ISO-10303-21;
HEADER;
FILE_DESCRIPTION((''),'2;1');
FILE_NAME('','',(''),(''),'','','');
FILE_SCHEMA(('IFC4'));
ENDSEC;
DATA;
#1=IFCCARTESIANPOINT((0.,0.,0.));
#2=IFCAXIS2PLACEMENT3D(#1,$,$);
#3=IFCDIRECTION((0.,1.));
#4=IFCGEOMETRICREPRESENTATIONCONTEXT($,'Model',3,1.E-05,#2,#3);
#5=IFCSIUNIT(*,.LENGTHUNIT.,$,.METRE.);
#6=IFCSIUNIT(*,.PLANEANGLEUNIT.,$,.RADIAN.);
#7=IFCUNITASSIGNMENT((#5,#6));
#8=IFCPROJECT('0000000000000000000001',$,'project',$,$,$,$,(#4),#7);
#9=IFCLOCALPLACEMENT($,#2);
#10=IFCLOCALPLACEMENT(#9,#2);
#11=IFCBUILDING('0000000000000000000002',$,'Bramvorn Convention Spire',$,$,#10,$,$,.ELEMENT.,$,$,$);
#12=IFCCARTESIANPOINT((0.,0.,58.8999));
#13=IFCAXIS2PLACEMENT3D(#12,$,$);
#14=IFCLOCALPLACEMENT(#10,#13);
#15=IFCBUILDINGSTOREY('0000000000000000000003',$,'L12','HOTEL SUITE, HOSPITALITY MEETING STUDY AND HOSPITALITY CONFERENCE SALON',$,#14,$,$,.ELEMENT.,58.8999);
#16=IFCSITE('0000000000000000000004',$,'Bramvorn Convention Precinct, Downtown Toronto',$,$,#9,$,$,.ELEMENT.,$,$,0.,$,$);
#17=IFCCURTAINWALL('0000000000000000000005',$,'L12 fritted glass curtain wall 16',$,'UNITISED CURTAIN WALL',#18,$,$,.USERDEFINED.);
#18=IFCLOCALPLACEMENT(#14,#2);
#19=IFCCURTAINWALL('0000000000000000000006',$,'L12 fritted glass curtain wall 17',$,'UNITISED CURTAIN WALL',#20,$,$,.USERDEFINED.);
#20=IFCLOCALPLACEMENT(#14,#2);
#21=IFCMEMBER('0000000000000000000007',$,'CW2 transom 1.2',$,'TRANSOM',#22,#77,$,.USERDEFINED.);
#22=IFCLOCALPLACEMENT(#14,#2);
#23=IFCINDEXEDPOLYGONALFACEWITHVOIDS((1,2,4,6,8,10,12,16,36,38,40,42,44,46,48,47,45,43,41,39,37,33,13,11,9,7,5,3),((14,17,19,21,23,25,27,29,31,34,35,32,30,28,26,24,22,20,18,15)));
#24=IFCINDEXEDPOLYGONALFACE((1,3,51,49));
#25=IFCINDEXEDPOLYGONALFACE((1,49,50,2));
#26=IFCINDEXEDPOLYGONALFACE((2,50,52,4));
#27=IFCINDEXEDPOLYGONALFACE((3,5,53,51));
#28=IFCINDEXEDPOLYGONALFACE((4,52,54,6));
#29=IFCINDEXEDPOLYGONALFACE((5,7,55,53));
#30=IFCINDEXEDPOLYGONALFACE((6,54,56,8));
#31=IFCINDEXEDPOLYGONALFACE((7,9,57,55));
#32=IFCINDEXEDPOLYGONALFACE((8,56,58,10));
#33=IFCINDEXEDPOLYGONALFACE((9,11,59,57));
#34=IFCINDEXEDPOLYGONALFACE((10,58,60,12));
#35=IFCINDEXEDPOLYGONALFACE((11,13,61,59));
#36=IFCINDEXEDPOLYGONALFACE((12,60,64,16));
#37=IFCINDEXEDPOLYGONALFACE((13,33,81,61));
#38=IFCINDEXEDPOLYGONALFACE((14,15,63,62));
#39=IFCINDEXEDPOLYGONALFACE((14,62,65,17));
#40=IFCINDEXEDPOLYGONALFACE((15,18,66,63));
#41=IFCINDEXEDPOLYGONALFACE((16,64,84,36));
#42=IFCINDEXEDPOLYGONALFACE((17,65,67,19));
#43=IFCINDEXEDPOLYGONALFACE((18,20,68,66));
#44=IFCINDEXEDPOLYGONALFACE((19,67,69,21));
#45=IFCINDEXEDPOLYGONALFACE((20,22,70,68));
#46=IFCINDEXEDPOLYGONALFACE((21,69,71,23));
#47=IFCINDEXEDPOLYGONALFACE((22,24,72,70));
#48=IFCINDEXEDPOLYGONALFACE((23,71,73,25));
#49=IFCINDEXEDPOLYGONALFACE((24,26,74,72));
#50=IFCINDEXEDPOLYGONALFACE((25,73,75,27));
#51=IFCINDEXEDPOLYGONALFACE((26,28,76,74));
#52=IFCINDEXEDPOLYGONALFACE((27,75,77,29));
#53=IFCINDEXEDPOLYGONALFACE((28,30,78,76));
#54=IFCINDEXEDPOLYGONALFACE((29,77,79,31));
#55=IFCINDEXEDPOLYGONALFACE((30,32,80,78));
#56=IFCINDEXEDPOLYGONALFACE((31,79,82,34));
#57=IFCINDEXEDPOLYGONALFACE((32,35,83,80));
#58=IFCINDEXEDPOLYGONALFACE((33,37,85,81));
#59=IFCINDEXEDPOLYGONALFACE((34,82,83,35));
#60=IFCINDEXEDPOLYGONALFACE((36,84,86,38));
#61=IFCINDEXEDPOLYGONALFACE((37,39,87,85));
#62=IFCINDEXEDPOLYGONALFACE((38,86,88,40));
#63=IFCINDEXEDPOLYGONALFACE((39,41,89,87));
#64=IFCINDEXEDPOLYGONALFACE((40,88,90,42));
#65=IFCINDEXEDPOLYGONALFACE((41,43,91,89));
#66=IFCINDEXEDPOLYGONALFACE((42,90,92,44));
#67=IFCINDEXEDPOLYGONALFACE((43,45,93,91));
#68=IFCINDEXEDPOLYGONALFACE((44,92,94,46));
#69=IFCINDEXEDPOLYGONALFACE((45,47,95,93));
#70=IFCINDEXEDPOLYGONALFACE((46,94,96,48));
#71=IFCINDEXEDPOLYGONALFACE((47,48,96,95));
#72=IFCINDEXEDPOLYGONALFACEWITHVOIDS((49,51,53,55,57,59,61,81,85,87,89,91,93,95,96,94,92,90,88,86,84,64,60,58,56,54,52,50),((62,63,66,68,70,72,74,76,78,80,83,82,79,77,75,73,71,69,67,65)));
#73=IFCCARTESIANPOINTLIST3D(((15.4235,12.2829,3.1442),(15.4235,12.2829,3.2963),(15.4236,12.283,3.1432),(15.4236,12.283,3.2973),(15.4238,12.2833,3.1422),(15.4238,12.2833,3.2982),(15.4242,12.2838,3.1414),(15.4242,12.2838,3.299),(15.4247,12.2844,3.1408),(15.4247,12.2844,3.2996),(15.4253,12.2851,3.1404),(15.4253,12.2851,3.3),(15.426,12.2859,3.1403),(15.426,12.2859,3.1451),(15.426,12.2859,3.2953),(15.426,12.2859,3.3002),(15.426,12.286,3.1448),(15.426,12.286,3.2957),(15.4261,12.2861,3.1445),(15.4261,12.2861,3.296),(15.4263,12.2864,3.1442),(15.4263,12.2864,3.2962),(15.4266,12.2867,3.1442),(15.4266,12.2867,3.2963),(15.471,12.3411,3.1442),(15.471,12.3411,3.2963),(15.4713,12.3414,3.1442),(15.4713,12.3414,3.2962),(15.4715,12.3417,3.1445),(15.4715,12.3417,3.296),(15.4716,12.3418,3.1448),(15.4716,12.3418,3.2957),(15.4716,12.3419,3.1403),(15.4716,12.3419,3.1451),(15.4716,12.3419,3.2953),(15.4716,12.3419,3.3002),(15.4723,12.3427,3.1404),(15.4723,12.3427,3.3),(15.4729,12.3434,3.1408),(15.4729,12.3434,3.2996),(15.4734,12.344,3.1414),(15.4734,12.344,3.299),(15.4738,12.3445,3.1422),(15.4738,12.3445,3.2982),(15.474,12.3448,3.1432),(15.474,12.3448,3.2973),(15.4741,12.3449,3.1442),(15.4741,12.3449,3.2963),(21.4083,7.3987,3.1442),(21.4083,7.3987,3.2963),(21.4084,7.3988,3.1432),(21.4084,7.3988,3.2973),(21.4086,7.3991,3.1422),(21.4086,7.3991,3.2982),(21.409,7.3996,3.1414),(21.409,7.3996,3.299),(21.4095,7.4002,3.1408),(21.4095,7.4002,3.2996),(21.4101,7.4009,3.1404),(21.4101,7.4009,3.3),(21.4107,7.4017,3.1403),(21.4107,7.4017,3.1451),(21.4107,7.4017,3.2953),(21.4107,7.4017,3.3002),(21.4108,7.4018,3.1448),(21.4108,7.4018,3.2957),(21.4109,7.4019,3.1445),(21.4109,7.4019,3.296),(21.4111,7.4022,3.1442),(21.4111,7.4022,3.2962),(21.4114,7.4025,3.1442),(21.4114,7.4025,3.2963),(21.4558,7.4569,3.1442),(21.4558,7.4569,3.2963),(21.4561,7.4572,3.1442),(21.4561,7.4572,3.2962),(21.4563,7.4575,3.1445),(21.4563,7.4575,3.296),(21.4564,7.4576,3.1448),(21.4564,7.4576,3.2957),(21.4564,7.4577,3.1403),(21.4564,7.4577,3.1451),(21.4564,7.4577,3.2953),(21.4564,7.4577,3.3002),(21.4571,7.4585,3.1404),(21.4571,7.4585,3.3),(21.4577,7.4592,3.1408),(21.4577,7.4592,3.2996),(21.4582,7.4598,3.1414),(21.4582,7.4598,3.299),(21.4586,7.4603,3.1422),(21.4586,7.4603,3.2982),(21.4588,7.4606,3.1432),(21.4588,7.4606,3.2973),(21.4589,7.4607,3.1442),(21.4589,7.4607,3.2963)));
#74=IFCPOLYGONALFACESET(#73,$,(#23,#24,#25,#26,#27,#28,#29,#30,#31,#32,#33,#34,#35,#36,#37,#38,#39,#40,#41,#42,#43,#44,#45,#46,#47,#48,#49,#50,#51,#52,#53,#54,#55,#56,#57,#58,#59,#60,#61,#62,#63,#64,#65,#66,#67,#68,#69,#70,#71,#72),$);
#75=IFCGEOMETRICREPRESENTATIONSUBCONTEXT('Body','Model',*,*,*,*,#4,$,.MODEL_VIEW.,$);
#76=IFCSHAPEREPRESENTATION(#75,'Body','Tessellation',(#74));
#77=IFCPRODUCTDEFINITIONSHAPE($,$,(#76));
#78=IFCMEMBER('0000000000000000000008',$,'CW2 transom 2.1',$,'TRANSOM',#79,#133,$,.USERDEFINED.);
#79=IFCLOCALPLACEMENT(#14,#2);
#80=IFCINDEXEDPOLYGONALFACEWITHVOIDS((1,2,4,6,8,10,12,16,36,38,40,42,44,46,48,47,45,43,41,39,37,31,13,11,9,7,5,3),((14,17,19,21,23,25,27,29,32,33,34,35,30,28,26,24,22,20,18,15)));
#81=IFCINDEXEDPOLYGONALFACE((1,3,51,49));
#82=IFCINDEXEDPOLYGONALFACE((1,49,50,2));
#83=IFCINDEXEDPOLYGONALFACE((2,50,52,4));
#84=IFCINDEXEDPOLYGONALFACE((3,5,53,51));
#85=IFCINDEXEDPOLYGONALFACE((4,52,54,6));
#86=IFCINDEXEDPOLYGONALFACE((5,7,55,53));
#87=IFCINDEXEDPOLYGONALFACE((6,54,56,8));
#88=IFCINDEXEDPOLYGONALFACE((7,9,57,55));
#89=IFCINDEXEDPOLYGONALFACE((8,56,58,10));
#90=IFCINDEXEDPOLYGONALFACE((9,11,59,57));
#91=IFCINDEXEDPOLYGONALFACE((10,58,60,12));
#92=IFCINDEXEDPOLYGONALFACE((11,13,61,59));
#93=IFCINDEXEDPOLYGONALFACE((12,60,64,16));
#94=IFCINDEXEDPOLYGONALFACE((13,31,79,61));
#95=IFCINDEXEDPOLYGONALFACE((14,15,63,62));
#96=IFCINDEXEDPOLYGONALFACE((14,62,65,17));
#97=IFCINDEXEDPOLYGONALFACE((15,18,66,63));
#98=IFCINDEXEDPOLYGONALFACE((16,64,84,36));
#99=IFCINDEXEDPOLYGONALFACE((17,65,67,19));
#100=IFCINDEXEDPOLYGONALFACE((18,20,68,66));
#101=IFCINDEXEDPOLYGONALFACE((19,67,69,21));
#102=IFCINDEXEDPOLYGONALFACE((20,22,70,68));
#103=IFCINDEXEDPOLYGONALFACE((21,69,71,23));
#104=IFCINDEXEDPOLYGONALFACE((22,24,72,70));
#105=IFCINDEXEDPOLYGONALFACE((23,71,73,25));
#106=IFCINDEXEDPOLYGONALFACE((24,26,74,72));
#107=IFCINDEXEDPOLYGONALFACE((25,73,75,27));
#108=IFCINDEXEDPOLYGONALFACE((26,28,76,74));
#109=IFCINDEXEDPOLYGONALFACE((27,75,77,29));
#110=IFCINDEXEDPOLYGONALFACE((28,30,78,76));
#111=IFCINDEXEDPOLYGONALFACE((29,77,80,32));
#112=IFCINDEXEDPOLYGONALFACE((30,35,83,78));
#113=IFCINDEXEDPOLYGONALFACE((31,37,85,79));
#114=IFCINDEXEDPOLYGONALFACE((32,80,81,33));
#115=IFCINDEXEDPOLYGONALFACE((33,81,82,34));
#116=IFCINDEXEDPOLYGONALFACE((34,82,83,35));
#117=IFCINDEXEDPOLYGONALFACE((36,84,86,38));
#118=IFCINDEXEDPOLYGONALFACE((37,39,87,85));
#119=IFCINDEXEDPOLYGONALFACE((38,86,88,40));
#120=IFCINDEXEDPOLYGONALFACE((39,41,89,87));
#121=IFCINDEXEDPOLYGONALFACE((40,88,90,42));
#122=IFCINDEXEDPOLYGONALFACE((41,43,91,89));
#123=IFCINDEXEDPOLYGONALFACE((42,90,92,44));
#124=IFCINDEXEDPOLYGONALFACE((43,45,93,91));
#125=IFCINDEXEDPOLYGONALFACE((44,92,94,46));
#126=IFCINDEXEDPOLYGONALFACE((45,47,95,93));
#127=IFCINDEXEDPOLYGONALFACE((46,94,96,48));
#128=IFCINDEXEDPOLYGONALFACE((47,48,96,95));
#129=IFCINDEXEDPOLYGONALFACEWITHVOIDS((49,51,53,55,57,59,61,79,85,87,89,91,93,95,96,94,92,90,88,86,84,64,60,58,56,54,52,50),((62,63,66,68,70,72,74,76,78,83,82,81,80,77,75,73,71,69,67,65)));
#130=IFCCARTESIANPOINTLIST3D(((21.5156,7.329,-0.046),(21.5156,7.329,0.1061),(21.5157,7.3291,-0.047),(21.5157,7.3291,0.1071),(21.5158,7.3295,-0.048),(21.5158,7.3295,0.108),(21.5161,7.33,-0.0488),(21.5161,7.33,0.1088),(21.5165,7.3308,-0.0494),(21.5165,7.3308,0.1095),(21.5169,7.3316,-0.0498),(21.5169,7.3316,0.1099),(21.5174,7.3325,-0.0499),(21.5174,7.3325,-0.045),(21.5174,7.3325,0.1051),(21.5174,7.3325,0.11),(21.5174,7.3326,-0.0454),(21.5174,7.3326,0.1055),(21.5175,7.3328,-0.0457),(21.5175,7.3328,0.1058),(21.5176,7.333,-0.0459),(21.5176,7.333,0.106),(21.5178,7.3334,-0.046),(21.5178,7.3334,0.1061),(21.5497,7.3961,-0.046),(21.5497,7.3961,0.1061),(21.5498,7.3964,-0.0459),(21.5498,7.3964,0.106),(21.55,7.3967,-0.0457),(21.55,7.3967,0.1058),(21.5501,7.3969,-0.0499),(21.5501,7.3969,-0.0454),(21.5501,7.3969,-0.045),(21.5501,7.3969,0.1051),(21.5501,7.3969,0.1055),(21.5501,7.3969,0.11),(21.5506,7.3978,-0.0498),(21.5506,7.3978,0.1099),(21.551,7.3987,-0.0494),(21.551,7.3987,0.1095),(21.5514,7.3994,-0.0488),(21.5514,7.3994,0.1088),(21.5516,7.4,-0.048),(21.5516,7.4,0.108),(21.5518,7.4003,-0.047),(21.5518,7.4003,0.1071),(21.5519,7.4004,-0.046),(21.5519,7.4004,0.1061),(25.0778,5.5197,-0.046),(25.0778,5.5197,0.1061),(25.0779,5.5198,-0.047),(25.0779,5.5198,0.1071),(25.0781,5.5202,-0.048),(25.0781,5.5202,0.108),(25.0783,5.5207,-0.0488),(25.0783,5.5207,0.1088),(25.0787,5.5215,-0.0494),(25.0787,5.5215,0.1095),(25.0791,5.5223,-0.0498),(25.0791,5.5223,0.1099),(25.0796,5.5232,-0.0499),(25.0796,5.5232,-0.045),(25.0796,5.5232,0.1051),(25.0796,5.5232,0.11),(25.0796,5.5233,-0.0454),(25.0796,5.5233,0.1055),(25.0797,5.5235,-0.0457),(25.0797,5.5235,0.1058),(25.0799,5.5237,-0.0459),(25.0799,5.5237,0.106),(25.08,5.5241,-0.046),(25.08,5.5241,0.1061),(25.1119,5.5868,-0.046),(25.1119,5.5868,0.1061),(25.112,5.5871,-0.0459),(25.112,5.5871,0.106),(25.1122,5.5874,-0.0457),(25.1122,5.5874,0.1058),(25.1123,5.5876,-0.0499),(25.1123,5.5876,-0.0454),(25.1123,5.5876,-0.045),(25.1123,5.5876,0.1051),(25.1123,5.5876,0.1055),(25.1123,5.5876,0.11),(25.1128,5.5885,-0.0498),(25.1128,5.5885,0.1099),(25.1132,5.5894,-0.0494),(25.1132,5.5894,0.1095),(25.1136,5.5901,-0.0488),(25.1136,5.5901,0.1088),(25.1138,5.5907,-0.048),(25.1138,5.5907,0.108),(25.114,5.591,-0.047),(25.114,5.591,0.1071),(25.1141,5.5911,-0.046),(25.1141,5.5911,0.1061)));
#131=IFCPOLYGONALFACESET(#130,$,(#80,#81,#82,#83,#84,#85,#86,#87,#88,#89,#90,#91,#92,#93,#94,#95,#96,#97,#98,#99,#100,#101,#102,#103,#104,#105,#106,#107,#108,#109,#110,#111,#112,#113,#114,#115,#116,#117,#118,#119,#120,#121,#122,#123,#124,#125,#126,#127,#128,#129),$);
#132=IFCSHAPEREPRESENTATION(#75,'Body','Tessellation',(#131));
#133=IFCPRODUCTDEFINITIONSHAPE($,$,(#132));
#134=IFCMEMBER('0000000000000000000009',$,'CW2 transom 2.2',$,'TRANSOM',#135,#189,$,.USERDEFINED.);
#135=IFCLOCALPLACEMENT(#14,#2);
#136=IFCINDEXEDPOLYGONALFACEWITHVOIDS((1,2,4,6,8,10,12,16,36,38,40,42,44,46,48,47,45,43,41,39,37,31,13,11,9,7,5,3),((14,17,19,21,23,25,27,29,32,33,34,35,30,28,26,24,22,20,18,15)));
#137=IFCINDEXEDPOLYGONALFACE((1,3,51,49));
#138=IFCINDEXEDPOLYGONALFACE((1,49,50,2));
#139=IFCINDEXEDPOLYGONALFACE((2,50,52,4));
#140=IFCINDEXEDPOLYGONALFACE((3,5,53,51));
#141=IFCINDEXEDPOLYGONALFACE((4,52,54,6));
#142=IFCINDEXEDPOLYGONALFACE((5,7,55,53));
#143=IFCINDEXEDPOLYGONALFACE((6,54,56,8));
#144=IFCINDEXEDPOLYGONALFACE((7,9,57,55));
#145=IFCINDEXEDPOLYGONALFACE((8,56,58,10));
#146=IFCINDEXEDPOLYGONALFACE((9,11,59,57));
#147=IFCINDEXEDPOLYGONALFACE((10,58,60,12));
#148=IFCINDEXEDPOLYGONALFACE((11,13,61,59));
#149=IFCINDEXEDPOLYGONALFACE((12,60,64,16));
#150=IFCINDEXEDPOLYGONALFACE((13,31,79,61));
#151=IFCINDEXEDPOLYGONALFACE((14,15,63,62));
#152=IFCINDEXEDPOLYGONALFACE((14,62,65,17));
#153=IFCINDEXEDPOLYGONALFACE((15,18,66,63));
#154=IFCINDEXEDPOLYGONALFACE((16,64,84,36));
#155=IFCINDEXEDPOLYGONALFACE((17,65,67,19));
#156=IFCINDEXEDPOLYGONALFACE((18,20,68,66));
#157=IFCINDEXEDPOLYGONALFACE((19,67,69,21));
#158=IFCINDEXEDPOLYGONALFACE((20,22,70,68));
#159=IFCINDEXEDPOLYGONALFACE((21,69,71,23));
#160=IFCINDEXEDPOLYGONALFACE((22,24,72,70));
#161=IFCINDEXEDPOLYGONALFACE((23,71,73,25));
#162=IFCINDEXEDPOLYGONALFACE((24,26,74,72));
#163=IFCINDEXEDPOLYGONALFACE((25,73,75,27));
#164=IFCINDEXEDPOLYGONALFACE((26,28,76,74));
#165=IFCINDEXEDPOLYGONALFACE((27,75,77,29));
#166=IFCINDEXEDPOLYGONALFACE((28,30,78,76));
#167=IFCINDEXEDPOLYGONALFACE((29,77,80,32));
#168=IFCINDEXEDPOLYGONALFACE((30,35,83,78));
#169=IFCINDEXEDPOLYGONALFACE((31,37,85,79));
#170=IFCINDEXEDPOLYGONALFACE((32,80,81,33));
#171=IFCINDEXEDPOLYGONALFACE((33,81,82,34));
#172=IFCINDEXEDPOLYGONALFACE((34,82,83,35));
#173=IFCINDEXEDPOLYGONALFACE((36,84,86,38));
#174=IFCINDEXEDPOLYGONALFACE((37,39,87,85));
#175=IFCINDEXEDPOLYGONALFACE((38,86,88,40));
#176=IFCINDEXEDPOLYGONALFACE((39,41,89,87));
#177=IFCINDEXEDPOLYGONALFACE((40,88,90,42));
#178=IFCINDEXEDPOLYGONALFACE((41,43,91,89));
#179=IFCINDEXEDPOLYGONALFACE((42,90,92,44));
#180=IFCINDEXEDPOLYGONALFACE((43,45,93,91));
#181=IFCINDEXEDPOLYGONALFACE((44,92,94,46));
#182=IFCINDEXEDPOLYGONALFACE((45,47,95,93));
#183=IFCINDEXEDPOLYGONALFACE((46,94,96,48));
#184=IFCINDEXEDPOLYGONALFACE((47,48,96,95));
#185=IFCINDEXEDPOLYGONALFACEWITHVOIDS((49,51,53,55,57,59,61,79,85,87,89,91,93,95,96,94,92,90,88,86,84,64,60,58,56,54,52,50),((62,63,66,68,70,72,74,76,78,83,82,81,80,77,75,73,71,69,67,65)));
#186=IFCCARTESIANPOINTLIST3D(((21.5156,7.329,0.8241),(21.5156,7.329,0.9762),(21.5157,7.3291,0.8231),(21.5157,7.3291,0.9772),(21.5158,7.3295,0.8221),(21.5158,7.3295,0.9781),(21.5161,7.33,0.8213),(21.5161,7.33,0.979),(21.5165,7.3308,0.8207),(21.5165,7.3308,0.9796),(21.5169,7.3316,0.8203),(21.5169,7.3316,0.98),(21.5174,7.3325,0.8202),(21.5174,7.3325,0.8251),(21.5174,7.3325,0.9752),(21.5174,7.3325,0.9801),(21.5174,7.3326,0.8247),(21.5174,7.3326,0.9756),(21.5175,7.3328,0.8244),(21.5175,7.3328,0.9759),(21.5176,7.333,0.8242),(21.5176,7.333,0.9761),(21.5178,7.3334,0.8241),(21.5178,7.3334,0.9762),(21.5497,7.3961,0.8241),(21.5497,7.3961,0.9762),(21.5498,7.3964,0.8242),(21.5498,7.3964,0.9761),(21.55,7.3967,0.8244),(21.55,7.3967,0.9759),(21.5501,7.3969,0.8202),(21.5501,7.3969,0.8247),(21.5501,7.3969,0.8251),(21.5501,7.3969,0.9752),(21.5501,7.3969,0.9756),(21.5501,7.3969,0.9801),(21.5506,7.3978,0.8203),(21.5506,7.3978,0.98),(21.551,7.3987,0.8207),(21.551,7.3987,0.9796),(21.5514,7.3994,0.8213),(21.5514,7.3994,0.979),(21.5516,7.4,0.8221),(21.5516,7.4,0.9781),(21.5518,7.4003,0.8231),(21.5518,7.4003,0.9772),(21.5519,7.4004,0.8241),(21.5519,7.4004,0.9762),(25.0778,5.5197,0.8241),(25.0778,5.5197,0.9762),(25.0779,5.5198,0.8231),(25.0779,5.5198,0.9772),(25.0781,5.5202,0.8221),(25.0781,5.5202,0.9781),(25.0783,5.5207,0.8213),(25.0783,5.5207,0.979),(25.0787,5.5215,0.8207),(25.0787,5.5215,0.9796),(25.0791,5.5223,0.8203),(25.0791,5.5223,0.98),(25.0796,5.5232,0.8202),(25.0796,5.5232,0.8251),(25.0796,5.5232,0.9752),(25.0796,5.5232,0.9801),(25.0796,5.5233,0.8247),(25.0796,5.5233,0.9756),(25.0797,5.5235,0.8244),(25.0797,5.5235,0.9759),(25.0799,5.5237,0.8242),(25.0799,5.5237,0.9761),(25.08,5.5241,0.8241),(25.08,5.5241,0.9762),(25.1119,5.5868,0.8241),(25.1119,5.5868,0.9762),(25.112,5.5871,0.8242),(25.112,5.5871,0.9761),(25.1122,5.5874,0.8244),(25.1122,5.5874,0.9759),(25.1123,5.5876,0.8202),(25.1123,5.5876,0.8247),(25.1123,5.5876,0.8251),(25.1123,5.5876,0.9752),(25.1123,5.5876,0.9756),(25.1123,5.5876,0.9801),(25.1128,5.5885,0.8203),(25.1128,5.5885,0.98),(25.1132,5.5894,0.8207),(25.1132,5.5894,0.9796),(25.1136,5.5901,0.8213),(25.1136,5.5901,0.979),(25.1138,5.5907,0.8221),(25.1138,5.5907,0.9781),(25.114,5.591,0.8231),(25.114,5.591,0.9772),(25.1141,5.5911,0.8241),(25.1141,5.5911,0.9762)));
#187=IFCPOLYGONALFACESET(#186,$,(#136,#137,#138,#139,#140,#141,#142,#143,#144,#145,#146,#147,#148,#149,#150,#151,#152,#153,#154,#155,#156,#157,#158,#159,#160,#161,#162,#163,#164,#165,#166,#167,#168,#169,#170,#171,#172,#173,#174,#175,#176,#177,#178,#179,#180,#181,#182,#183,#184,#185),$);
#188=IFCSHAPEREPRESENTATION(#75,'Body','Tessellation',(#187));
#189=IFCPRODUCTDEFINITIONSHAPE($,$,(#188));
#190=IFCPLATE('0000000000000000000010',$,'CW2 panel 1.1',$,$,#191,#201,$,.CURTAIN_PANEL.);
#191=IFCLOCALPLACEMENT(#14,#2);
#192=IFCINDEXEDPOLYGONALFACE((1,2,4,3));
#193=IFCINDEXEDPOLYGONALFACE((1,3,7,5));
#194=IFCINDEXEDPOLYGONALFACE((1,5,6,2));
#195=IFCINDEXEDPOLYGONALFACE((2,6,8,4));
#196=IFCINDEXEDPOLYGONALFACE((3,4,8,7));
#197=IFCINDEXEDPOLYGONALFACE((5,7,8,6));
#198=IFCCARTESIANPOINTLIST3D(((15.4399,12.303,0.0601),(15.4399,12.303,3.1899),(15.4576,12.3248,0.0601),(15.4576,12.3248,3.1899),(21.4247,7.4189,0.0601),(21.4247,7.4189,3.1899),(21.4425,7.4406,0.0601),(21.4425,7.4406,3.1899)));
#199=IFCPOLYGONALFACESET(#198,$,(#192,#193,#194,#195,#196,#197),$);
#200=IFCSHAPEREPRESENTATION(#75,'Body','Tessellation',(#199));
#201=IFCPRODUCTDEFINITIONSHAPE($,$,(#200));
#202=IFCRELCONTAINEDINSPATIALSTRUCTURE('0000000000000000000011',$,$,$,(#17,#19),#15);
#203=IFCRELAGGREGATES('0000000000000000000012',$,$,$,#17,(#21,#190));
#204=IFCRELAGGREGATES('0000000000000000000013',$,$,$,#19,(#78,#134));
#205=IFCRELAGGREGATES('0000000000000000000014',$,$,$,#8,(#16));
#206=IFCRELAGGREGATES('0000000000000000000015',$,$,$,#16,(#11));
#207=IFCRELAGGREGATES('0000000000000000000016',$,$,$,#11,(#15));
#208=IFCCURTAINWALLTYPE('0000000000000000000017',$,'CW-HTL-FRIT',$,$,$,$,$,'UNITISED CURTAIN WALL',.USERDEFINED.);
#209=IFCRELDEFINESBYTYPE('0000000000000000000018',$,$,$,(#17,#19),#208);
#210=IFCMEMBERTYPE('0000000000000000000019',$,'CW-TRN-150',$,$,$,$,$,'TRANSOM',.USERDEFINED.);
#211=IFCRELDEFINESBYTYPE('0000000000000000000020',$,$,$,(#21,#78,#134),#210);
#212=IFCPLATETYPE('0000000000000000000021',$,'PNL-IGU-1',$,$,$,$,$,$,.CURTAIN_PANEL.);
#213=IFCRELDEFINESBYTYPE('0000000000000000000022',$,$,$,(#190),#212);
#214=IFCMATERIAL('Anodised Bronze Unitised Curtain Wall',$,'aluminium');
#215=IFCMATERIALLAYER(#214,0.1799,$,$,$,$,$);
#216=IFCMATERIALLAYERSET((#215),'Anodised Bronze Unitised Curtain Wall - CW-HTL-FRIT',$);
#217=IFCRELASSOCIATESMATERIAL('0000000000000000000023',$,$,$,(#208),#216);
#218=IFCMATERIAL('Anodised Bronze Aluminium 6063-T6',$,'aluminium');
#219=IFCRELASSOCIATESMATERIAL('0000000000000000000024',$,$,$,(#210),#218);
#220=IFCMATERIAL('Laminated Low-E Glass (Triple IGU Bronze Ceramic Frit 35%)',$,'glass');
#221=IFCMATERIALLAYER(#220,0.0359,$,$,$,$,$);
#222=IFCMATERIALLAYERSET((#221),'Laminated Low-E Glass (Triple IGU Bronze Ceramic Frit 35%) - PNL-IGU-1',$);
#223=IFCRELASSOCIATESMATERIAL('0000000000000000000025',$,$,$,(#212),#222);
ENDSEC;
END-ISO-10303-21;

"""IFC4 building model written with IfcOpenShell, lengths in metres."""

from ifc_helpers import new_model, si_unit, direction, frame, origin, origin_2d, place, context, subcontext, project, spatial, rectangle, hollow_rectangle, extrude, material, layer, layer_set, material_profile, profile_set, type_object, element, aggregate, save


model = new_model("IFC4")

# Units and contexts
model_context = context("Model", 3, precision=1e-05, world=origin(), true_north=direction((0.0, 1.0)))
body_context = subcontext(model_context, "Body", "Model", "MODEL_VIEW")
ifc_project = project(units=[si_unit("LENGTHUNIT", "METRE"), si_unit("PLANEANGLEUNIT", "RADIAN")], contexts=[model_context])

# Site, building, storey
site_placement = place(None, origin())
site = spatial("IfcSite", under=ifc_project, at=site_placement, Name="Bramvorn Convention Precinct, Downtown Toronto", CompositionType="ELEMENT", RefElevation=0.0)
building_placement = place(site_placement, origin())
building = spatial("IfcBuilding", under=site, at=building_placement, Name="Bramvorn Convention Spire", CompositionType="ELEMENT")
storey_placement = place(building_placement, frame((0.0, 0.0, 58.8999)))
storey = spatial("IfcBuildingStorey", under=building, at=storey_placement, Name="L12", Description="HOTEL SUITE, HOSPITALITY MEETING STUDY AND HOSPITALITY CONFERENCE SALON", CompositionType="ELEMENT", Elevation=58.8999)

# Curtain walls
ifc_material_1 = material(Name="Anodised Bronze Unitised Curtain Wall", Category="aluminium")
ifc_layer_1 = layer(ifc_material_1, 0.1799)
ifc_layer_set_1 = layer_set([ifc_layer_1], Name="Anodised Bronze Unitised Curtain Wall - CW-HTL-FRIT")
curtain_wall_type = type_object("IfcCurtainWallType", Name="CW-HTL-FRIT", ElementType="UNITISED CURTAIN WALL", PredefinedType="USERDEFINED", material=ifc_layer_set_1)
curtain_wall_1_placement = place(storey_placement, origin())
curtain_wall_1 = element("IfcCurtainWall", 1, at=curtain_wall_1_placement, inside=storey, type_object=curtain_wall_type, Name="L12 fritted glass curtain wall 16", ObjectType="UNITISED CURTAIN WALL", PredefinedType="USERDEFINED")
ifc_material_2 = material(Name="Anodised Bronze Aluminium 6063-T6", Category="aluminium")
curtain_wall_2_placement = place(storey_placement, origin())
curtain_wall_2 = element("IfcCurtainWall", 2, at=curtain_wall_2_placement, inside=storey, type_object=curtain_wall_type, Name="L12 fritted glass curtain wall 17", ObjectType="UNITISED CURTAIN WALL", PredefinedType="USERDEFINED")

# Members
ifc_material_profile_1 = material_profile(ifc_material_2, hollow_rectangle(XDim=0.0801, YDim=0.1599, WallThickness=0.0039, InnerFilletRadius=0.001, OuterFilletRadius=0.0039, at=origin_2d()))
ifc_profile_set_1 = profile_set([ifc_material_profile_1], Name="Anodised Bronze Aluminium 6063-T6 - CWT80X160")
member_type_1 = type_object("IfcMemberType", Name="CW-TRN-150", ElementType="TRANSOM", PredefinedType="USERDEFINED", material=ifc_profile_set_1)
member_1_placement = place(storey_placement, frame((21.4336, 7.4297, 3.2202), z_axis=(-0.774745, 0.632274, 0.0), x_axis=(-0.632274, -0.774745, 0.0)))
member_1 = element("IfcMember", 3, at=member_1_placement, type_object=member_type_1, Name="CW2 transom 1.2", ObjectType="TRANSOM", PredefinedType="USERDEFINED", context=body_context, shape_type="SweptSolid", body=[
    extrude(hollow_rectangle(XDim=0.0801, YDim=0.1599, WallThickness=0.0039, InnerFilletRadius=0.001, OuterFilletRadius=0.0039, at=origin_2d()), origin(), (0.0, 0.0, 1.0), 7.7249),
])
member_2_placement = place(storey_placement, frame((25.0959, 5.5554, 0.03), z_axis=(-0.891586, 0.452851, 0.0), x_axis=(-0.452851, -0.891586, 0.0)))
member_2 = element("IfcMember", 4, at=member_2_placement, type_object=member_type_1, Name="CW2 transom 2.1", ObjectType="TRANSOM", PredefinedType="USERDEFINED", context=body_context, shape_type="SweptSolid", body=[
    extrude(hollow_rectangle(XDim=0.0801, YDim=0.1599, WallThickness=0.0039, InnerFilletRadius=0.001, OuterFilletRadius=0.0039, at=origin_2d()), origin(), (0.0, 0.0, 1.0), 3.9954),
])
member_3_placement = place(storey_placement, frame((25.0959, 5.5554, 0.9001), z_axis=(-0.891586, 0.452851, 0.0), x_axis=(-0.452851, -0.891586, 0.0)))
member_3 = element("IfcMember", 5, at=member_3_placement, type_object=member_type_1, Name="CW2 transom 2.2", ObjectType="TRANSOM", PredefinedType="USERDEFINED", context=body_context, shape_type="SweptSolid", body=[
    extrude(hollow_rectangle(XDim=0.0801, YDim=0.1599, WallThickness=0.0039, InnerFilletRadius=0.001, OuterFilletRadius=0.0039, at=origin_2d()), origin(), (0.0, 0.0, 1.0), 3.9954),
])

# Plate
ifc_material_3 = material(Name="Laminated Low-E Glass (Triple IGU Bronze Ceramic Frit 35%)", Category="glass")
ifc_layer_2 = layer(ifc_material_3, 0.0359)
ifc_layer_set_2 = layer_set([ifc_layer_2], Name="Laminated Low-E Glass (Triple IGU Bronze Ceramic Frit 35%) - PNL-IGU-1")
plate_type = type_object("IfcPlateType", Name="PNL-IGU-1", PredefinedType="CURTAIN_PANEL", material=ifc_layer_set_2)
plate_1_placement = place(storey_placement, frame((18.4412, 9.8718, 0.0601), z_axis=(0.0, 0.0, 1.0), x_axis=(-0.774752, 0.632265, 0.0)))
plate_1 = element("IfcPlate", 6, at=plate_1_placement, type_object=plate_type, Name="CW2 panel 1.1", PredefinedType="CURTAIN_PANEL", context=body_context, shape_type="SweptSolid", body=[
    extrude(rectangle(XDim=7.7249, YDim=0.0281, at=origin_2d()), origin(), (0.0, 0.0, 1.0), 3.1299),
])
aggregate(curtain_wall_1, [member_1, plate_1])
aggregate(curtain_wall_2, [member_2, member_3])

save(model, "model.ifc")
